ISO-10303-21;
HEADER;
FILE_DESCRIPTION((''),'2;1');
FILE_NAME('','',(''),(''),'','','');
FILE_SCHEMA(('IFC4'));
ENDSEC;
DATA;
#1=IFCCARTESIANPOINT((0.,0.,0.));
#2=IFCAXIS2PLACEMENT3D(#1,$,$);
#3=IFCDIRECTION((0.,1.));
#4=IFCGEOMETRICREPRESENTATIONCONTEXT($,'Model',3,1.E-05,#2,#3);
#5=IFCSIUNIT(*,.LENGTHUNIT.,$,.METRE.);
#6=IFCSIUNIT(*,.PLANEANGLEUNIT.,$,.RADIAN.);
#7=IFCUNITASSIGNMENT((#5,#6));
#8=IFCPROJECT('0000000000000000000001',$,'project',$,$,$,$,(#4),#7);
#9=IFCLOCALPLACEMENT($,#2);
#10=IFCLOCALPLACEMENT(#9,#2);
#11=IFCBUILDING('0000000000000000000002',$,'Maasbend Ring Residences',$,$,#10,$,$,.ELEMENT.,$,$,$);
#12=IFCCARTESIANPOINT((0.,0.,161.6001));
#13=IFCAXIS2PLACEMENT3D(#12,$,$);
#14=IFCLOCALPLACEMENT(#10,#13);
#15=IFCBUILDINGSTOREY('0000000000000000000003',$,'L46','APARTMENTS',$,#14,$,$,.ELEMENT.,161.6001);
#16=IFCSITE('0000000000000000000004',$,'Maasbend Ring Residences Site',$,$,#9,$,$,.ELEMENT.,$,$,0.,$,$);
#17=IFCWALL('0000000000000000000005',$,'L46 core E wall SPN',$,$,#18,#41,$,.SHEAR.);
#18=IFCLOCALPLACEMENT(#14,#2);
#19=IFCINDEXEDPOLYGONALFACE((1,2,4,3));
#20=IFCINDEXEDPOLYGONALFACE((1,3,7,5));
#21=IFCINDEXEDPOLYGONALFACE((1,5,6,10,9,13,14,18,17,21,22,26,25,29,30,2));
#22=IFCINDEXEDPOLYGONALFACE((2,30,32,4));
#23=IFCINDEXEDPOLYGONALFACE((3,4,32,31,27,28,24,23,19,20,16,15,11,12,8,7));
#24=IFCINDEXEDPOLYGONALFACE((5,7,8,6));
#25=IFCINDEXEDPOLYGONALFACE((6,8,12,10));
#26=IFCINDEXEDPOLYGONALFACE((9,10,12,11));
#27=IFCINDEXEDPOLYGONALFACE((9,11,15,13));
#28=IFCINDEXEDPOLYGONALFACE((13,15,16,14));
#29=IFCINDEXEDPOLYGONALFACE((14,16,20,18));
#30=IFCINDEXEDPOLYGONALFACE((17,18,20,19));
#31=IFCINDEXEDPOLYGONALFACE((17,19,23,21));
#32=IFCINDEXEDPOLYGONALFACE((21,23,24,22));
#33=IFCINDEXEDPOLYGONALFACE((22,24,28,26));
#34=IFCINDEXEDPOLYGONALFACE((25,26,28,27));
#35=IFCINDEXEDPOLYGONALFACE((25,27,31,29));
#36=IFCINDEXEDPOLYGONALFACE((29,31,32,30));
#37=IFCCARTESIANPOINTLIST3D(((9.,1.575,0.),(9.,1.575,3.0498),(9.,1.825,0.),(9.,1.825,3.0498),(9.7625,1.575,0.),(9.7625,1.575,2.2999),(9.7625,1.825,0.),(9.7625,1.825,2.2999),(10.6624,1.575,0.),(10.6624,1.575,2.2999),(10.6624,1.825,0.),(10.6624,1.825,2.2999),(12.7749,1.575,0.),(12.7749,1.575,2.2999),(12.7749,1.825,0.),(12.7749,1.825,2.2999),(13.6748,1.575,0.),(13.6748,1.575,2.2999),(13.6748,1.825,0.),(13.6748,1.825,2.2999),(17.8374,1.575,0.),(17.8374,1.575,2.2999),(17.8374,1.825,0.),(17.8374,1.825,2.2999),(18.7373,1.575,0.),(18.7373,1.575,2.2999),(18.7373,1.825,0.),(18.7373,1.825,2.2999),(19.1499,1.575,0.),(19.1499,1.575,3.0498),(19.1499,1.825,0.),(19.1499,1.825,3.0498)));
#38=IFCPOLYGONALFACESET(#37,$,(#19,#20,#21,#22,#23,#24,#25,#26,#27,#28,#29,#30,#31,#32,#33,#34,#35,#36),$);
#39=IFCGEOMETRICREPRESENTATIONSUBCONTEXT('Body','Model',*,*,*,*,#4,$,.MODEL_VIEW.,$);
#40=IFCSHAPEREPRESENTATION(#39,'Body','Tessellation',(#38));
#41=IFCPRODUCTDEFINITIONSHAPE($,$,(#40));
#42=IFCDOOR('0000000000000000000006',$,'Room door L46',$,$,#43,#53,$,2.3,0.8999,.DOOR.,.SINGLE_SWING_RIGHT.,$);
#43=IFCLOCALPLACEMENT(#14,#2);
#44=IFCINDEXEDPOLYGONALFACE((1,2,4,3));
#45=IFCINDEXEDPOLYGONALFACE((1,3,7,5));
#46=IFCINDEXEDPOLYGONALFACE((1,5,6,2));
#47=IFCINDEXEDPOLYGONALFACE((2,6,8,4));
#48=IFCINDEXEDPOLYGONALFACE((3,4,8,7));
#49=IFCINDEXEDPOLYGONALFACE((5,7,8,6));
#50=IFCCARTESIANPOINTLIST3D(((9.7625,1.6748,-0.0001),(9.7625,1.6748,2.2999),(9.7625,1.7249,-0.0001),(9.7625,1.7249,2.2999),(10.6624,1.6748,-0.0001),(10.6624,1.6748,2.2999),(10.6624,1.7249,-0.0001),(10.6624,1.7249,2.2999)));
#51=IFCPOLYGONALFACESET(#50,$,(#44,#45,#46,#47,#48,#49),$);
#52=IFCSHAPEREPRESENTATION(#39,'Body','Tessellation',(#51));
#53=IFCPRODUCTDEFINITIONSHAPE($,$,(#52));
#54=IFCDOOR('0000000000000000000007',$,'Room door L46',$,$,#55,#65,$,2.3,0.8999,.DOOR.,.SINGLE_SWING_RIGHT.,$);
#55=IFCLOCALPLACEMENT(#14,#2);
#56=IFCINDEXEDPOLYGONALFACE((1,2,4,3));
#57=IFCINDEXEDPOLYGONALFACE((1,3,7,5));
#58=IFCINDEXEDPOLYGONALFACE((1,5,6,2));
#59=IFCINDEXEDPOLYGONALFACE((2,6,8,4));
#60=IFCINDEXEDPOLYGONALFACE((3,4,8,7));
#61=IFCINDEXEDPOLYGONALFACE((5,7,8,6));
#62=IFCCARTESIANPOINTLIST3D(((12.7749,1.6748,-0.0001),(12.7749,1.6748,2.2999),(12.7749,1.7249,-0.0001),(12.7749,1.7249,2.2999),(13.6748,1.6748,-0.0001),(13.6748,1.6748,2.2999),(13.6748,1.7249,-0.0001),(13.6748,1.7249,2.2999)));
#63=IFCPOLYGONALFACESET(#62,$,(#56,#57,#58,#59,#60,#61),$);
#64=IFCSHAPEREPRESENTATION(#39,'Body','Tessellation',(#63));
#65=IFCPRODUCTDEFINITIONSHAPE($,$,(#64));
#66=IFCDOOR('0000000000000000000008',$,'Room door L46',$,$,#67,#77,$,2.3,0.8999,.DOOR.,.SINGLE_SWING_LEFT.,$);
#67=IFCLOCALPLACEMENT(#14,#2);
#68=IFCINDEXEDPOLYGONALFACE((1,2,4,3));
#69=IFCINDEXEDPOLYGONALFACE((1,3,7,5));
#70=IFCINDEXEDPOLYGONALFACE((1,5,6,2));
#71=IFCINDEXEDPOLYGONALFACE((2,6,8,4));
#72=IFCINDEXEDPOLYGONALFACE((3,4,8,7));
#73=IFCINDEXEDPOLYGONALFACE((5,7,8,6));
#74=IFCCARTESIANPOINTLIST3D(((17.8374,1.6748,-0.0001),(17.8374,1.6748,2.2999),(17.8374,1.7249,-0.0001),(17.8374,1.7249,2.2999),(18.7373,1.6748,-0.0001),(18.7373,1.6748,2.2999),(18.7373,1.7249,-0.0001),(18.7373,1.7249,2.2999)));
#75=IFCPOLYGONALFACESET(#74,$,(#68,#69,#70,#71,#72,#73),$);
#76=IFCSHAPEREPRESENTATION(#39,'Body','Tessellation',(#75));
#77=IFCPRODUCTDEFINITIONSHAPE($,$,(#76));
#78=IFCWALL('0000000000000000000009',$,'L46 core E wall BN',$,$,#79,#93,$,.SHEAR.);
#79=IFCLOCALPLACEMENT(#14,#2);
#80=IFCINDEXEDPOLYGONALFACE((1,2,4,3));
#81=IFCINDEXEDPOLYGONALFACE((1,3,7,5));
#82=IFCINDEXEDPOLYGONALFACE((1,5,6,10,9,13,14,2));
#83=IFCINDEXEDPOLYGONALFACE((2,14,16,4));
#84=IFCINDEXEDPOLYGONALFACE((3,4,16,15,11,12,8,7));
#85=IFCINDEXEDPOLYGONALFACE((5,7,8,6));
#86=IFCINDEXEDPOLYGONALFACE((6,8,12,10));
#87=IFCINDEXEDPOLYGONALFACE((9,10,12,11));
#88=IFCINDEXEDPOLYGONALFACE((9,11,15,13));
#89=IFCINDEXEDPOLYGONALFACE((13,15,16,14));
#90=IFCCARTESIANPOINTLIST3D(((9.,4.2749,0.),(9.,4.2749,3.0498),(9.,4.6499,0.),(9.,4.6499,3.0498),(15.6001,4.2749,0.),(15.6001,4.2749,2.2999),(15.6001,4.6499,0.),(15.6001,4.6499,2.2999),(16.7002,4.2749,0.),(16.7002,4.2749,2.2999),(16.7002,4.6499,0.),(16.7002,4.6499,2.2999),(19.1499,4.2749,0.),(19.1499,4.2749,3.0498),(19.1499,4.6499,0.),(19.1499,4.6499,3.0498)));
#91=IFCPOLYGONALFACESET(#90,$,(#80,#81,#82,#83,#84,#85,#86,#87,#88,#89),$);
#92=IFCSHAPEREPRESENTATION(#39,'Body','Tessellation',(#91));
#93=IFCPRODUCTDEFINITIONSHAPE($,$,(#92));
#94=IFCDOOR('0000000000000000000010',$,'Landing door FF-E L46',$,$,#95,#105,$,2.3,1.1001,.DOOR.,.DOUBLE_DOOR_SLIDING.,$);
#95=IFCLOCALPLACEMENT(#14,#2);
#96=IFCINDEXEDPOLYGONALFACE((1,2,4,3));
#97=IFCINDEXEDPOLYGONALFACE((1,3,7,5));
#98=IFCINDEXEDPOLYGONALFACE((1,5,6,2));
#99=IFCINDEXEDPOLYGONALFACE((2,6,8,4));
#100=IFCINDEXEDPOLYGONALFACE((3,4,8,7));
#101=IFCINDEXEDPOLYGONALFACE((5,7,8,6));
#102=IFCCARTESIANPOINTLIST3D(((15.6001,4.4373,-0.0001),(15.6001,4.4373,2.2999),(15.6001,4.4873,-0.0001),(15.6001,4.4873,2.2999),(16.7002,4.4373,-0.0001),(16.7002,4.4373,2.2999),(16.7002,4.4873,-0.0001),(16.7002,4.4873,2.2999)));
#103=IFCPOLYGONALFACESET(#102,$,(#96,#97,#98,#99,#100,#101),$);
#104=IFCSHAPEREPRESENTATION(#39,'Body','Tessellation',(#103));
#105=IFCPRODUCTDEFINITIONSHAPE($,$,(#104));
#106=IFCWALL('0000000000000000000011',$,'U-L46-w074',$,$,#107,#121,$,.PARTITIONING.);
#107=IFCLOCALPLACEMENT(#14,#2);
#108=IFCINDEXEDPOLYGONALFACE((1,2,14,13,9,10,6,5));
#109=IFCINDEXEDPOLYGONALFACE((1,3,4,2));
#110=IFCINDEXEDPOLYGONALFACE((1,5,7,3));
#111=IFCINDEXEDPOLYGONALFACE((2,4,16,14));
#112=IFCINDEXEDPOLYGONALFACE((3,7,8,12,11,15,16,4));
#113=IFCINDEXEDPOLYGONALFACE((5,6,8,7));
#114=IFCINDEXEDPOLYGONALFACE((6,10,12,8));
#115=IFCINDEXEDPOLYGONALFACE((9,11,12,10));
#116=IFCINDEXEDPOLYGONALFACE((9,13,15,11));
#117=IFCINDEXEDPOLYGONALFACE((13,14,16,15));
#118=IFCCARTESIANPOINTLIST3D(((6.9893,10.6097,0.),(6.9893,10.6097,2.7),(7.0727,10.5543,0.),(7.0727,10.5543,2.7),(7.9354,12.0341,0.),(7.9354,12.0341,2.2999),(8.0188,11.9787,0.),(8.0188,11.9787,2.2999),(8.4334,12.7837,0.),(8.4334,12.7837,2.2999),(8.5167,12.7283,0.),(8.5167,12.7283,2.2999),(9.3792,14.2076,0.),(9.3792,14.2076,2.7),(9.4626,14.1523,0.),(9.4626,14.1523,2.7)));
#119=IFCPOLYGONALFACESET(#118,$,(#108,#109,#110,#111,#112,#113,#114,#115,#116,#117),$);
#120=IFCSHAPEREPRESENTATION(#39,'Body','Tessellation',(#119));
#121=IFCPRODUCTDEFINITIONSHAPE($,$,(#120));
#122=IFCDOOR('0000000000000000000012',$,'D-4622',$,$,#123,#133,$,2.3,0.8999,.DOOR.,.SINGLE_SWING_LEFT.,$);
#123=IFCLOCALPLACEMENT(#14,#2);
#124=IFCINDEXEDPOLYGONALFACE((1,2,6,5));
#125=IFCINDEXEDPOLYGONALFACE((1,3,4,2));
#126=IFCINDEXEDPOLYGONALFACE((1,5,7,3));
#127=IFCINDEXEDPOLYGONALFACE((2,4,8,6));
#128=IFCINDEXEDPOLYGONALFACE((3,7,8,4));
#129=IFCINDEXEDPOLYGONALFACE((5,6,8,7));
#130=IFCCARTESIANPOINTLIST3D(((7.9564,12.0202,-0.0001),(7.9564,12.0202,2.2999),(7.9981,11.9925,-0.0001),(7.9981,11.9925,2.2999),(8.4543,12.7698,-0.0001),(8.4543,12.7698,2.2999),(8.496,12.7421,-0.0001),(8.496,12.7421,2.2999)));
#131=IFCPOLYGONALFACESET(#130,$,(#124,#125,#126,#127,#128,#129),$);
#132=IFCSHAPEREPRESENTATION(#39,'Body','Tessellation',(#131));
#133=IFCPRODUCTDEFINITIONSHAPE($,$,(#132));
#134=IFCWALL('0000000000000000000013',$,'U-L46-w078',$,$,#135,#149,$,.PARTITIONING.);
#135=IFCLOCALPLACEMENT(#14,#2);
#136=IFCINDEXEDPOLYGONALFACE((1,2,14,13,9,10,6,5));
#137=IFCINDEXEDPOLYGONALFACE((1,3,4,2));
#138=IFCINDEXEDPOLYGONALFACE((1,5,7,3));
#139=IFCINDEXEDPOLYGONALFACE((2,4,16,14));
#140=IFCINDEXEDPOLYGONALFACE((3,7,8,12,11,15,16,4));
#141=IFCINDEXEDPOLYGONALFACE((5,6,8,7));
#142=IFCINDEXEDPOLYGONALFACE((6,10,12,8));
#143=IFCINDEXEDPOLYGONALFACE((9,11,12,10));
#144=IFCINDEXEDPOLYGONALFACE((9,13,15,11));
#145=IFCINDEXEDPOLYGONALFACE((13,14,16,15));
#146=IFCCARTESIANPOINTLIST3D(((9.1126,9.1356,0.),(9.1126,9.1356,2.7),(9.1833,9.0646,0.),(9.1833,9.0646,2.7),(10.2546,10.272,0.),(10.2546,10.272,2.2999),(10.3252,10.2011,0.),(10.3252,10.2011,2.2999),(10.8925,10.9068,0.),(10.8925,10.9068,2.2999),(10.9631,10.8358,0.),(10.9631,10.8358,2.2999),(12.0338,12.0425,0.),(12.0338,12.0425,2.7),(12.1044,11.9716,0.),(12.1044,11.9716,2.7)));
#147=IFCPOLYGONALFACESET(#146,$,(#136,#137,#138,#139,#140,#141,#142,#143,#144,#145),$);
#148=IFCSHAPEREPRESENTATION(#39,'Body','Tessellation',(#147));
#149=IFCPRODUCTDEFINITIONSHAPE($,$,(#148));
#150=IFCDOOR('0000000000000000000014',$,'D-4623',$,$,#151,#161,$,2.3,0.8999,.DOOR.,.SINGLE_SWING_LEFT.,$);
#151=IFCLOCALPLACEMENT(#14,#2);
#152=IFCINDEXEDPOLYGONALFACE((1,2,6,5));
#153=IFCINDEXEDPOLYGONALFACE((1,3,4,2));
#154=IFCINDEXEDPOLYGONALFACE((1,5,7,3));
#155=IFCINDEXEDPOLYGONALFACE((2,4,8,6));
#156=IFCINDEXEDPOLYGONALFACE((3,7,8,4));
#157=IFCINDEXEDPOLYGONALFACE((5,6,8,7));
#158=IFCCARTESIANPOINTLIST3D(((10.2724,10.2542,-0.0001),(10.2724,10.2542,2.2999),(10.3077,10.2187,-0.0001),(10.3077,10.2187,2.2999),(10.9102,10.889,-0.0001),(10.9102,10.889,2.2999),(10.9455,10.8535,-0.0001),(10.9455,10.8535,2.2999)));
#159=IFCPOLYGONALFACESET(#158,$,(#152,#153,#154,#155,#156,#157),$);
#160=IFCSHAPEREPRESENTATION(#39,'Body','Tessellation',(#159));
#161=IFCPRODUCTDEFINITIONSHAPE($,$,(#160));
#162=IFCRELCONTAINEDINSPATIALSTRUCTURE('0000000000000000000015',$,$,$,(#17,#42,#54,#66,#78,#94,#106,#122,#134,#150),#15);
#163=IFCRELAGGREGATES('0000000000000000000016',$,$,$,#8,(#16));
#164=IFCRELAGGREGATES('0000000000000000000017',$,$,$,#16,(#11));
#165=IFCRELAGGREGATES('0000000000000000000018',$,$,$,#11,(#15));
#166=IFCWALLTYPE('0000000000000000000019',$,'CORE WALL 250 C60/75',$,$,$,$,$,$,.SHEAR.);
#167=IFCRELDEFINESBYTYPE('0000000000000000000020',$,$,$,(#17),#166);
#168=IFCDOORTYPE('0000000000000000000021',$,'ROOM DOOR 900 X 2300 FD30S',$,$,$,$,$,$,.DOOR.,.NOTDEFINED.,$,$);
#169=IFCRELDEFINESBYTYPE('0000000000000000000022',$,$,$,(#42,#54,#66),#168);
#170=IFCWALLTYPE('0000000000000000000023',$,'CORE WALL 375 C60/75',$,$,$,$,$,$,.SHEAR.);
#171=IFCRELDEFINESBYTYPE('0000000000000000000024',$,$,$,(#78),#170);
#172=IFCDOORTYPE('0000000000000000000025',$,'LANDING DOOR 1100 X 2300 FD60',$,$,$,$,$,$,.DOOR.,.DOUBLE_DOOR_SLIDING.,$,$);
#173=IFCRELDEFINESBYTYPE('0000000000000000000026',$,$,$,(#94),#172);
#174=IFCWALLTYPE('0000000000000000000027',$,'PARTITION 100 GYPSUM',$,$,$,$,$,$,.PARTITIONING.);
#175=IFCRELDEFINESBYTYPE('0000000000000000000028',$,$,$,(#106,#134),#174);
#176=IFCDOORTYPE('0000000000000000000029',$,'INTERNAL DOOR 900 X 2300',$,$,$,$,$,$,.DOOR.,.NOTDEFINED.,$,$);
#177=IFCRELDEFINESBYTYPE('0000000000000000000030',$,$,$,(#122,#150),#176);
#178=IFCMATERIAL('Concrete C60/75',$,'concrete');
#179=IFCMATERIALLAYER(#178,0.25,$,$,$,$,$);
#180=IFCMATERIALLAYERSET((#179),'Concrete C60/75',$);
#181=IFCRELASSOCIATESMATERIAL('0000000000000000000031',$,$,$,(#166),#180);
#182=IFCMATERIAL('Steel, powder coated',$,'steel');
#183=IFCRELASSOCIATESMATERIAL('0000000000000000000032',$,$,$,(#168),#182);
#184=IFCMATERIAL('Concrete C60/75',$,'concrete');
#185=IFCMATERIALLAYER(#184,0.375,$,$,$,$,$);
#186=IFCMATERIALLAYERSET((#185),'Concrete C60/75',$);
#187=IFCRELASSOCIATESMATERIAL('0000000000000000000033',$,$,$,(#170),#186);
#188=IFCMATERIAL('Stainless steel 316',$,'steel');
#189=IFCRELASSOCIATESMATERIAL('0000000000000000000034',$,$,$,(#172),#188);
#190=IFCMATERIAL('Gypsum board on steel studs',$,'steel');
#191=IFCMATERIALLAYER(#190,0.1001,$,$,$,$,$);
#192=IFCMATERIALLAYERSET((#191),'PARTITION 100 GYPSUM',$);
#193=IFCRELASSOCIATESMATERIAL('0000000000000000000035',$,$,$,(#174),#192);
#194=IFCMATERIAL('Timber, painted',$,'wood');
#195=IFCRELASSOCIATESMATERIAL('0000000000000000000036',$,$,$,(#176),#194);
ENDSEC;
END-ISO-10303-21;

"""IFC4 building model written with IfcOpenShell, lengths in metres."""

from ifc_helpers import new_model, si_unit, direction, frame, frame_2d, origin, place, context, subcontext, project, spatial, rectangle, extrude, material, layer, layer_set, type_object, element, fill, save


model = new_model("IFC4")

# Units and contexts
model_context = context("Model", 3, precision=1e-05, world=origin(), true_north=direction((0.0, 1.0)))
body_context = subcontext(model_context, "Body", "Model", "MODEL_VIEW")
ifc_project = project(units=[si_unit("LENGTHUNIT", "METRE"), si_unit("PLANEANGLEUNIT", "RADIAN")], contexts=[model_context])

# Site, building, storey
site_placement = place(None, origin())
site = spatial("IfcSite", under=ifc_project, at=site_placement, Name="Maasbend Ring Residences Site", CompositionType="ELEMENT", RefElevation=0.0)
building_placement = place(site_placement, origin())
building = spatial("IfcBuilding", under=site, at=building_placement, Name="Maasbend Ring Residences", CompositionType="ELEMENT")
storey_placement = place(building_placement, frame((0.0, 0.0, 161.6001)))
storey = spatial("IfcBuildingStorey", under=building, at=storey_placement, Name="L46", Description="APARTMENTS", CompositionType="ELEMENT", Elevation=161.6001)

# Wall, openings, doors
ifc_material_1 = material(Name="Concrete C60/75", Category="concrete")
ifc_layer_1 = layer(ifc_material_1, 0.25)
ifc_layer_set_1 = layer_set([ifc_layer_1], Name="Concrete C60/75")
wall_type_1 = type_object("IfcWallType", Name="CORE WALL 250 C60/75", PredefinedType="SHEAR", material=ifc_layer_set_1)
wall_1_placement = place(storey_placement, frame((9.0, 1.7, 0.0), z_axis=(0.0, 0.0, 1.0), x_axis=(1.0, 0.0, 0.0)))
wall_1 = element("IfcWall", 1, at=wall_1_placement, inside=storey, type_object=wall_type_1, Name="L46 core E wall SPN", PredefinedType="SHEAR", context=body_context, shape_type="SweptSolid", body=[
    extrude(rectangle(XDim=10.1499, YDim=0.25, at=frame_2d((5.075, 0.0))), origin(), (0.0, 0.0, 1.0), 3.0498),
])
opening_1_placement = place(wall_1_placement, frame((0.7625, 0.0, 0.0)))
opening_1 = element("IfcOpeningElement", 2, at=opening_1_placement, cuts=wall_1, PredefinedType="OPENING", context=body_context, shape_type="SweptSolid", body=[
    extrude(rectangle(XDim=0.8999, YDim=2.3, at=frame_2d((0.45, 1.1499))), frame((0.0, 0.135, 0.0), z_axis=(0.0, -1.0, 0.0), x_axis=(1.0, 0.0, 0.0)), (0.0, 0.0, 1.0), 0.27),
])
opening_2_placement = place(wall_1_placement, frame((3.7749, 0.0, 0.0)))
opening_2 = element("IfcOpeningElement", 3, at=opening_2_placement, cuts=wall_1, PredefinedType="OPENING", context=body_context, shape_type="SweptSolid", body=[
    extrude(rectangle(XDim=0.8999, YDim=2.3, at=frame_2d((0.45, 1.1499))), frame((0.0, 0.135, 0.0), z_axis=(0.0, -1.0, 0.0), x_axis=(1.0, 0.0, 0.0)), (0.0, 0.0, 1.0), 0.27),
])
opening_3_placement = place(wall_1_placement, frame((8.8374, 0.0, 0.0)))
opening_3 = element("IfcOpeningElement", 4, at=opening_3_placement, cuts=wall_1, PredefinedType="OPENING", context=body_context, shape_type="SweptSolid", body=[
    extrude(rectangle(XDim=0.8999, YDim=2.3, at=frame_2d((0.45, 1.1499))), frame((0.0, 0.135, 0.0), z_axis=(0.0, -1.0, 0.0), x_axis=(1.0, 0.0, 0.0)), (0.0, 0.0, 1.0), 0.27),
])
ifc_material_2 = material(Name="Steel, powder coated", Category="steel")
door_type_1 = type_object("IfcDoorType", Name="ROOM DOOR 900 X 2300 FD30S", OperationType="NOTDEFINED", PredefinedType="DOOR", material=ifc_material_2)
door_1_placement = place(opening_1_placement, origin())
door_1 = element("IfcDoor", 5, at=door_1_placement, inside=storey, type_object=door_type_1, Name="Room door L46", OperationType="SINGLE_SWING_RIGHT", OverallHeight=2.3, OverallWidth=0.8999, PredefinedType="DOOR", context=body_context, shape_type="SweptSolid", body=[
    extrude(rectangle(XDim=0.8999, YDim=2.3, at=frame_2d((0.45, 1.1499))), frame((0.0, 0.0249, 0.0), z_axis=(0.0, -1.0, 0.0), x_axis=(1.0, 0.0, 0.0)), (0.0, 0.0, 1.0), 0.05),
])
fill(opening_1, door_1)
door_2_placement = place(opening_2_placement, origin())
door_2 = element("IfcDoor", 6, at=door_2_placement, inside=storey, type_object=door_type_1, Name="Room door L46", OperationType="SINGLE_SWING_RIGHT", OverallHeight=2.3, OverallWidth=0.8999, PredefinedType="DOOR", context=body_context, shape_type="SweptSolid", body=[
    extrude(rectangle(XDim=0.8999, YDim=2.3, at=frame_2d((0.45, 1.1499))), frame((0.0, 0.0249, 0.0), z_axis=(0.0, -1.0, 0.0), x_axis=(1.0, 0.0, 0.0)), (0.0, 0.0, 1.0), 0.05),
])
fill(opening_2, door_2)
door_3_placement = place(opening_3_placement, origin())
door_3 = element("IfcDoor", 7, at=door_3_placement, inside=storey, type_object=door_type_1, Name="Room door L46", OperationType="SINGLE_SWING_LEFT", OverallHeight=2.3, OverallWidth=0.8999, PredefinedType="DOOR", context=body_context, shape_type="SweptSolid", body=[
    extrude(rectangle(XDim=0.8999, YDim=2.3, at=frame_2d((0.45, 1.1499))), frame((0.0, 0.0249, 0.0), z_axis=(0.0, -1.0, 0.0), x_axis=(1.0, 0.0, 0.0)), (0.0, 0.0, 1.0), 0.05),
])
fill(opening_3, door_3)

# Walls, openings, doors
ifc_material_3 = material(Name="Concrete C60/75", Category="concrete")
ifc_layer_2 = layer(ifc_material_3, 0.375)
ifc_layer_set_2 = layer_set([ifc_layer_2], Name="Concrete C60/75")
wall_type_2 = type_object("IfcWallType", Name="CORE WALL 375 C60/75", PredefinedType="SHEAR", material=ifc_layer_set_2)
wall_2_placement = place(storey_placement, frame((9.0, 4.4624, 0.0), z_axis=(0.0, 0.0, 1.0), x_axis=(1.0, 0.0, 0.0)))
wall_2 = element("IfcWall", 8, at=wall_2_placement, inside=storey, type_object=wall_type_2, Name="L46 core E wall BN", PredefinedType="SHEAR", context=body_context, shape_type="SweptSolid", body=[
    extrude(rectangle(XDim=10.1499, YDim=0.375, at=frame_2d((5.075, 0.0))), origin(), (0.0, 0.0, 1.0), 3.0498),
])
opening_4_placement = place(wall_2_placement, frame((6.6001, 0.0, 0.0)))
opening_4 = element("IfcOpeningElement", 9, at=opening_4_placement, cuts=wall_2, PredefinedType="OPENING", context=body_context, shape_type="SweptSolid", body=[
    extrude(rectangle(XDim=1.1001, YDim=2.3, at=frame_2d((0.55, 1.1499))), frame((0.0, 0.1975, 0.0), z_axis=(0.0, -1.0, 0.0), x_axis=(1.0, 0.0, 0.0)), (0.0, 0.0, 1.0), 0.395),
])
ifc_material_4 = material(Name="Stainless steel 316", Category="steel")
door_type_2 = type_object("IfcDoorType", Name="LANDING DOOR 1100 X 2300 FD60", OperationType="DOUBLE_DOOR_SLIDING", PredefinedType="DOOR", material=ifc_material_4)
door_4_placement = place(opening_4_placement, origin())
door_4 = element("IfcDoor", 10, at=door_4_placement, inside=storey, type_object=door_type_2, Name="Landing door FF-E L46", OperationType="DOUBLE_DOOR_SLIDING", OverallHeight=2.3, OverallWidth=1.1001, PredefinedType="DOOR", context=body_context, shape_type="SweptSolid", body=[
    extrude(rectangle(XDim=1.1001, YDim=2.3, at=frame_2d((0.55, 1.1499))), frame((0.0, 0.0249, 0.0), z_axis=(0.0, -1.0, 0.0), x_axis=(1.0, 0.0, 0.0)), (0.0, 0.0, 1.0), 0.05),
])
fill(opening_4, door_4)
ifc_material_5 = material(Name="Gypsum board on steel studs", Category="steel")
ifc_layer_3 = layer(ifc_material_5, 0.1001)
ifc_layer_set_3 = layer_set([ifc_layer_3], Name="PARTITION 100 GYPSUM")
wall_type_3 = type_object("IfcWallType", Name="PARTITION 100 GYPSUM", PredefinedType="PARTITIONING", material=ifc_layer_set_3)
wall_3_placement = place(storey_placement, frame((7.031, 10.582, 0.0), z_axis=(0.0, 0.0, 1.0), x_axis=(0.553304, 0.83298, 0.0)))
wall_3 = element("IfcWall", 11, at=wall_3_placement, inside=storey, type_object=wall_type_3, Name="U-L46-w074", PredefinedType="PARTITIONING", context=body_context, shape_type="SweptSolid", body=[
    extrude(rectangle(XDim=4.3193, YDim=0.1001, at=frame_2d((2.1597, 0.0))), origin(), (0.0, 0.0, 1.0), 2.7),
])
opening_5_placement = place(wall_3_placement, frame((1.71, 0.0, 0.0)))
opening_5 = element("IfcOpeningElement", 12, at=opening_5_placement, cuts=wall_3, PredefinedType="OPENING", context=body_context, shape_type="SweptSolid", body=[
    extrude(rectangle(XDim=0.8999, YDim=2.3, at=frame_2d((0.45, 1.1499))), frame((0.0, 0.0601, 0.0), z_axis=(0.0, -1.0, 0.0), x_axis=(1.0, 0.0, 0.0)), (0.0, 0.0, 1.0), 0.1201),
])
ifc_material_6 = material(Name="Timber, painted", Category="wood")
door_type_3 = type_object("IfcDoorType", Name="INTERNAL DOOR 900 X 2300", OperationType="NOTDEFINED", PredefinedType="DOOR", material=ifc_material_6)
door_5_placement = place(opening_5_placement, origin())
door_5 = element("IfcDoor", 13, at=door_5_placement, inside=storey, type_object=door_type_3, Name="D-4622", OperationType="SINGLE_SWING_LEFT", OverallHeight=2.3, OverallWidth=0.8999, PredefinedType="DOOR", context=body_context, shape_type="SweptSolid", body=[
    extrude(rectangle(XDim=0.8999, YDim=2.3, at=frame_2d((0.45, 1.1499))), frame((0.0, 0.0249, 0.0), z_axis=(0.0, -1.0, 0.0), x_axis=(1.0, 0.0, 0.0)), (0.0, 0.0, 1.0), 0.05),
])
fill(opening_5, door_5)
wall_4_placement = place(storey_placement, frame((9.1479, 9.1001, 0.0), z_axis=(0.0, 0.0, 1.0), x_axis=(0.708823, 0.705387, 0.0)))
wall_4 = element("IfcWall", 14, at=wall_4_placement, inside=storey, type_object=wall_type_3, Name="U-L46-w078", PredefinedType="PARTITIONING", context=body_context, shape_type="SweptSolid", body=[
    extrude(rectangle(XDim=4.1211, YDim=0.1001, at=frame_2d((2.0605, 0.0))), origin(), (0.0, 0.0, 1.0), 2.7),
])
opening_6_placement = place(wall_4_placement, frame((1.6111, 0.0, 0.0)))
opening_6 = element("IfcOpeningElement", 15, at=opening_6_placement, cuts=wall_4, PredefinedType="OPENING", context=body_context, shape_type="SweptSolid", body=[
    extrude(rectangle(XDim=0.8999, YDim=2.3, at=frame_2d((0.45, 1.1499))), frame((0.0, 0.0601, 0.0), z_axis=(0.0, -1.0, 0.0), x_axis=(1.0, 0.0, 0.0)), (0.0, 0.0, 1.0), 0.1201),
])
door_6_placement = place(opening_6_placement, origin())
door_6 = element("IfcDoor", 16, at=door_6_placement, inside=storey, type_object=door_type_3, Name="D-4623", OperationType="SINGLE_SWING_LEFT", OverallHeight=2.3, OverallWidth=0.8999, PredefinedType="DOOR", context=body_context, shape_type="SweptSolid", body=[
    extrude(rectangle(XDim=0.8999, YDim=2.3, at=frame_2d((0.45, 1.1499))), frame((0.0, 0.0249, 0.0), z_axis=(0.0, -1.0, 0.0), x_axis=(1.0, 0.0, 0.0)), (0.0, 0.0, 1.0), 0.05),
])
fill(opening_6, door_6)

save(model, "model.ifc")
